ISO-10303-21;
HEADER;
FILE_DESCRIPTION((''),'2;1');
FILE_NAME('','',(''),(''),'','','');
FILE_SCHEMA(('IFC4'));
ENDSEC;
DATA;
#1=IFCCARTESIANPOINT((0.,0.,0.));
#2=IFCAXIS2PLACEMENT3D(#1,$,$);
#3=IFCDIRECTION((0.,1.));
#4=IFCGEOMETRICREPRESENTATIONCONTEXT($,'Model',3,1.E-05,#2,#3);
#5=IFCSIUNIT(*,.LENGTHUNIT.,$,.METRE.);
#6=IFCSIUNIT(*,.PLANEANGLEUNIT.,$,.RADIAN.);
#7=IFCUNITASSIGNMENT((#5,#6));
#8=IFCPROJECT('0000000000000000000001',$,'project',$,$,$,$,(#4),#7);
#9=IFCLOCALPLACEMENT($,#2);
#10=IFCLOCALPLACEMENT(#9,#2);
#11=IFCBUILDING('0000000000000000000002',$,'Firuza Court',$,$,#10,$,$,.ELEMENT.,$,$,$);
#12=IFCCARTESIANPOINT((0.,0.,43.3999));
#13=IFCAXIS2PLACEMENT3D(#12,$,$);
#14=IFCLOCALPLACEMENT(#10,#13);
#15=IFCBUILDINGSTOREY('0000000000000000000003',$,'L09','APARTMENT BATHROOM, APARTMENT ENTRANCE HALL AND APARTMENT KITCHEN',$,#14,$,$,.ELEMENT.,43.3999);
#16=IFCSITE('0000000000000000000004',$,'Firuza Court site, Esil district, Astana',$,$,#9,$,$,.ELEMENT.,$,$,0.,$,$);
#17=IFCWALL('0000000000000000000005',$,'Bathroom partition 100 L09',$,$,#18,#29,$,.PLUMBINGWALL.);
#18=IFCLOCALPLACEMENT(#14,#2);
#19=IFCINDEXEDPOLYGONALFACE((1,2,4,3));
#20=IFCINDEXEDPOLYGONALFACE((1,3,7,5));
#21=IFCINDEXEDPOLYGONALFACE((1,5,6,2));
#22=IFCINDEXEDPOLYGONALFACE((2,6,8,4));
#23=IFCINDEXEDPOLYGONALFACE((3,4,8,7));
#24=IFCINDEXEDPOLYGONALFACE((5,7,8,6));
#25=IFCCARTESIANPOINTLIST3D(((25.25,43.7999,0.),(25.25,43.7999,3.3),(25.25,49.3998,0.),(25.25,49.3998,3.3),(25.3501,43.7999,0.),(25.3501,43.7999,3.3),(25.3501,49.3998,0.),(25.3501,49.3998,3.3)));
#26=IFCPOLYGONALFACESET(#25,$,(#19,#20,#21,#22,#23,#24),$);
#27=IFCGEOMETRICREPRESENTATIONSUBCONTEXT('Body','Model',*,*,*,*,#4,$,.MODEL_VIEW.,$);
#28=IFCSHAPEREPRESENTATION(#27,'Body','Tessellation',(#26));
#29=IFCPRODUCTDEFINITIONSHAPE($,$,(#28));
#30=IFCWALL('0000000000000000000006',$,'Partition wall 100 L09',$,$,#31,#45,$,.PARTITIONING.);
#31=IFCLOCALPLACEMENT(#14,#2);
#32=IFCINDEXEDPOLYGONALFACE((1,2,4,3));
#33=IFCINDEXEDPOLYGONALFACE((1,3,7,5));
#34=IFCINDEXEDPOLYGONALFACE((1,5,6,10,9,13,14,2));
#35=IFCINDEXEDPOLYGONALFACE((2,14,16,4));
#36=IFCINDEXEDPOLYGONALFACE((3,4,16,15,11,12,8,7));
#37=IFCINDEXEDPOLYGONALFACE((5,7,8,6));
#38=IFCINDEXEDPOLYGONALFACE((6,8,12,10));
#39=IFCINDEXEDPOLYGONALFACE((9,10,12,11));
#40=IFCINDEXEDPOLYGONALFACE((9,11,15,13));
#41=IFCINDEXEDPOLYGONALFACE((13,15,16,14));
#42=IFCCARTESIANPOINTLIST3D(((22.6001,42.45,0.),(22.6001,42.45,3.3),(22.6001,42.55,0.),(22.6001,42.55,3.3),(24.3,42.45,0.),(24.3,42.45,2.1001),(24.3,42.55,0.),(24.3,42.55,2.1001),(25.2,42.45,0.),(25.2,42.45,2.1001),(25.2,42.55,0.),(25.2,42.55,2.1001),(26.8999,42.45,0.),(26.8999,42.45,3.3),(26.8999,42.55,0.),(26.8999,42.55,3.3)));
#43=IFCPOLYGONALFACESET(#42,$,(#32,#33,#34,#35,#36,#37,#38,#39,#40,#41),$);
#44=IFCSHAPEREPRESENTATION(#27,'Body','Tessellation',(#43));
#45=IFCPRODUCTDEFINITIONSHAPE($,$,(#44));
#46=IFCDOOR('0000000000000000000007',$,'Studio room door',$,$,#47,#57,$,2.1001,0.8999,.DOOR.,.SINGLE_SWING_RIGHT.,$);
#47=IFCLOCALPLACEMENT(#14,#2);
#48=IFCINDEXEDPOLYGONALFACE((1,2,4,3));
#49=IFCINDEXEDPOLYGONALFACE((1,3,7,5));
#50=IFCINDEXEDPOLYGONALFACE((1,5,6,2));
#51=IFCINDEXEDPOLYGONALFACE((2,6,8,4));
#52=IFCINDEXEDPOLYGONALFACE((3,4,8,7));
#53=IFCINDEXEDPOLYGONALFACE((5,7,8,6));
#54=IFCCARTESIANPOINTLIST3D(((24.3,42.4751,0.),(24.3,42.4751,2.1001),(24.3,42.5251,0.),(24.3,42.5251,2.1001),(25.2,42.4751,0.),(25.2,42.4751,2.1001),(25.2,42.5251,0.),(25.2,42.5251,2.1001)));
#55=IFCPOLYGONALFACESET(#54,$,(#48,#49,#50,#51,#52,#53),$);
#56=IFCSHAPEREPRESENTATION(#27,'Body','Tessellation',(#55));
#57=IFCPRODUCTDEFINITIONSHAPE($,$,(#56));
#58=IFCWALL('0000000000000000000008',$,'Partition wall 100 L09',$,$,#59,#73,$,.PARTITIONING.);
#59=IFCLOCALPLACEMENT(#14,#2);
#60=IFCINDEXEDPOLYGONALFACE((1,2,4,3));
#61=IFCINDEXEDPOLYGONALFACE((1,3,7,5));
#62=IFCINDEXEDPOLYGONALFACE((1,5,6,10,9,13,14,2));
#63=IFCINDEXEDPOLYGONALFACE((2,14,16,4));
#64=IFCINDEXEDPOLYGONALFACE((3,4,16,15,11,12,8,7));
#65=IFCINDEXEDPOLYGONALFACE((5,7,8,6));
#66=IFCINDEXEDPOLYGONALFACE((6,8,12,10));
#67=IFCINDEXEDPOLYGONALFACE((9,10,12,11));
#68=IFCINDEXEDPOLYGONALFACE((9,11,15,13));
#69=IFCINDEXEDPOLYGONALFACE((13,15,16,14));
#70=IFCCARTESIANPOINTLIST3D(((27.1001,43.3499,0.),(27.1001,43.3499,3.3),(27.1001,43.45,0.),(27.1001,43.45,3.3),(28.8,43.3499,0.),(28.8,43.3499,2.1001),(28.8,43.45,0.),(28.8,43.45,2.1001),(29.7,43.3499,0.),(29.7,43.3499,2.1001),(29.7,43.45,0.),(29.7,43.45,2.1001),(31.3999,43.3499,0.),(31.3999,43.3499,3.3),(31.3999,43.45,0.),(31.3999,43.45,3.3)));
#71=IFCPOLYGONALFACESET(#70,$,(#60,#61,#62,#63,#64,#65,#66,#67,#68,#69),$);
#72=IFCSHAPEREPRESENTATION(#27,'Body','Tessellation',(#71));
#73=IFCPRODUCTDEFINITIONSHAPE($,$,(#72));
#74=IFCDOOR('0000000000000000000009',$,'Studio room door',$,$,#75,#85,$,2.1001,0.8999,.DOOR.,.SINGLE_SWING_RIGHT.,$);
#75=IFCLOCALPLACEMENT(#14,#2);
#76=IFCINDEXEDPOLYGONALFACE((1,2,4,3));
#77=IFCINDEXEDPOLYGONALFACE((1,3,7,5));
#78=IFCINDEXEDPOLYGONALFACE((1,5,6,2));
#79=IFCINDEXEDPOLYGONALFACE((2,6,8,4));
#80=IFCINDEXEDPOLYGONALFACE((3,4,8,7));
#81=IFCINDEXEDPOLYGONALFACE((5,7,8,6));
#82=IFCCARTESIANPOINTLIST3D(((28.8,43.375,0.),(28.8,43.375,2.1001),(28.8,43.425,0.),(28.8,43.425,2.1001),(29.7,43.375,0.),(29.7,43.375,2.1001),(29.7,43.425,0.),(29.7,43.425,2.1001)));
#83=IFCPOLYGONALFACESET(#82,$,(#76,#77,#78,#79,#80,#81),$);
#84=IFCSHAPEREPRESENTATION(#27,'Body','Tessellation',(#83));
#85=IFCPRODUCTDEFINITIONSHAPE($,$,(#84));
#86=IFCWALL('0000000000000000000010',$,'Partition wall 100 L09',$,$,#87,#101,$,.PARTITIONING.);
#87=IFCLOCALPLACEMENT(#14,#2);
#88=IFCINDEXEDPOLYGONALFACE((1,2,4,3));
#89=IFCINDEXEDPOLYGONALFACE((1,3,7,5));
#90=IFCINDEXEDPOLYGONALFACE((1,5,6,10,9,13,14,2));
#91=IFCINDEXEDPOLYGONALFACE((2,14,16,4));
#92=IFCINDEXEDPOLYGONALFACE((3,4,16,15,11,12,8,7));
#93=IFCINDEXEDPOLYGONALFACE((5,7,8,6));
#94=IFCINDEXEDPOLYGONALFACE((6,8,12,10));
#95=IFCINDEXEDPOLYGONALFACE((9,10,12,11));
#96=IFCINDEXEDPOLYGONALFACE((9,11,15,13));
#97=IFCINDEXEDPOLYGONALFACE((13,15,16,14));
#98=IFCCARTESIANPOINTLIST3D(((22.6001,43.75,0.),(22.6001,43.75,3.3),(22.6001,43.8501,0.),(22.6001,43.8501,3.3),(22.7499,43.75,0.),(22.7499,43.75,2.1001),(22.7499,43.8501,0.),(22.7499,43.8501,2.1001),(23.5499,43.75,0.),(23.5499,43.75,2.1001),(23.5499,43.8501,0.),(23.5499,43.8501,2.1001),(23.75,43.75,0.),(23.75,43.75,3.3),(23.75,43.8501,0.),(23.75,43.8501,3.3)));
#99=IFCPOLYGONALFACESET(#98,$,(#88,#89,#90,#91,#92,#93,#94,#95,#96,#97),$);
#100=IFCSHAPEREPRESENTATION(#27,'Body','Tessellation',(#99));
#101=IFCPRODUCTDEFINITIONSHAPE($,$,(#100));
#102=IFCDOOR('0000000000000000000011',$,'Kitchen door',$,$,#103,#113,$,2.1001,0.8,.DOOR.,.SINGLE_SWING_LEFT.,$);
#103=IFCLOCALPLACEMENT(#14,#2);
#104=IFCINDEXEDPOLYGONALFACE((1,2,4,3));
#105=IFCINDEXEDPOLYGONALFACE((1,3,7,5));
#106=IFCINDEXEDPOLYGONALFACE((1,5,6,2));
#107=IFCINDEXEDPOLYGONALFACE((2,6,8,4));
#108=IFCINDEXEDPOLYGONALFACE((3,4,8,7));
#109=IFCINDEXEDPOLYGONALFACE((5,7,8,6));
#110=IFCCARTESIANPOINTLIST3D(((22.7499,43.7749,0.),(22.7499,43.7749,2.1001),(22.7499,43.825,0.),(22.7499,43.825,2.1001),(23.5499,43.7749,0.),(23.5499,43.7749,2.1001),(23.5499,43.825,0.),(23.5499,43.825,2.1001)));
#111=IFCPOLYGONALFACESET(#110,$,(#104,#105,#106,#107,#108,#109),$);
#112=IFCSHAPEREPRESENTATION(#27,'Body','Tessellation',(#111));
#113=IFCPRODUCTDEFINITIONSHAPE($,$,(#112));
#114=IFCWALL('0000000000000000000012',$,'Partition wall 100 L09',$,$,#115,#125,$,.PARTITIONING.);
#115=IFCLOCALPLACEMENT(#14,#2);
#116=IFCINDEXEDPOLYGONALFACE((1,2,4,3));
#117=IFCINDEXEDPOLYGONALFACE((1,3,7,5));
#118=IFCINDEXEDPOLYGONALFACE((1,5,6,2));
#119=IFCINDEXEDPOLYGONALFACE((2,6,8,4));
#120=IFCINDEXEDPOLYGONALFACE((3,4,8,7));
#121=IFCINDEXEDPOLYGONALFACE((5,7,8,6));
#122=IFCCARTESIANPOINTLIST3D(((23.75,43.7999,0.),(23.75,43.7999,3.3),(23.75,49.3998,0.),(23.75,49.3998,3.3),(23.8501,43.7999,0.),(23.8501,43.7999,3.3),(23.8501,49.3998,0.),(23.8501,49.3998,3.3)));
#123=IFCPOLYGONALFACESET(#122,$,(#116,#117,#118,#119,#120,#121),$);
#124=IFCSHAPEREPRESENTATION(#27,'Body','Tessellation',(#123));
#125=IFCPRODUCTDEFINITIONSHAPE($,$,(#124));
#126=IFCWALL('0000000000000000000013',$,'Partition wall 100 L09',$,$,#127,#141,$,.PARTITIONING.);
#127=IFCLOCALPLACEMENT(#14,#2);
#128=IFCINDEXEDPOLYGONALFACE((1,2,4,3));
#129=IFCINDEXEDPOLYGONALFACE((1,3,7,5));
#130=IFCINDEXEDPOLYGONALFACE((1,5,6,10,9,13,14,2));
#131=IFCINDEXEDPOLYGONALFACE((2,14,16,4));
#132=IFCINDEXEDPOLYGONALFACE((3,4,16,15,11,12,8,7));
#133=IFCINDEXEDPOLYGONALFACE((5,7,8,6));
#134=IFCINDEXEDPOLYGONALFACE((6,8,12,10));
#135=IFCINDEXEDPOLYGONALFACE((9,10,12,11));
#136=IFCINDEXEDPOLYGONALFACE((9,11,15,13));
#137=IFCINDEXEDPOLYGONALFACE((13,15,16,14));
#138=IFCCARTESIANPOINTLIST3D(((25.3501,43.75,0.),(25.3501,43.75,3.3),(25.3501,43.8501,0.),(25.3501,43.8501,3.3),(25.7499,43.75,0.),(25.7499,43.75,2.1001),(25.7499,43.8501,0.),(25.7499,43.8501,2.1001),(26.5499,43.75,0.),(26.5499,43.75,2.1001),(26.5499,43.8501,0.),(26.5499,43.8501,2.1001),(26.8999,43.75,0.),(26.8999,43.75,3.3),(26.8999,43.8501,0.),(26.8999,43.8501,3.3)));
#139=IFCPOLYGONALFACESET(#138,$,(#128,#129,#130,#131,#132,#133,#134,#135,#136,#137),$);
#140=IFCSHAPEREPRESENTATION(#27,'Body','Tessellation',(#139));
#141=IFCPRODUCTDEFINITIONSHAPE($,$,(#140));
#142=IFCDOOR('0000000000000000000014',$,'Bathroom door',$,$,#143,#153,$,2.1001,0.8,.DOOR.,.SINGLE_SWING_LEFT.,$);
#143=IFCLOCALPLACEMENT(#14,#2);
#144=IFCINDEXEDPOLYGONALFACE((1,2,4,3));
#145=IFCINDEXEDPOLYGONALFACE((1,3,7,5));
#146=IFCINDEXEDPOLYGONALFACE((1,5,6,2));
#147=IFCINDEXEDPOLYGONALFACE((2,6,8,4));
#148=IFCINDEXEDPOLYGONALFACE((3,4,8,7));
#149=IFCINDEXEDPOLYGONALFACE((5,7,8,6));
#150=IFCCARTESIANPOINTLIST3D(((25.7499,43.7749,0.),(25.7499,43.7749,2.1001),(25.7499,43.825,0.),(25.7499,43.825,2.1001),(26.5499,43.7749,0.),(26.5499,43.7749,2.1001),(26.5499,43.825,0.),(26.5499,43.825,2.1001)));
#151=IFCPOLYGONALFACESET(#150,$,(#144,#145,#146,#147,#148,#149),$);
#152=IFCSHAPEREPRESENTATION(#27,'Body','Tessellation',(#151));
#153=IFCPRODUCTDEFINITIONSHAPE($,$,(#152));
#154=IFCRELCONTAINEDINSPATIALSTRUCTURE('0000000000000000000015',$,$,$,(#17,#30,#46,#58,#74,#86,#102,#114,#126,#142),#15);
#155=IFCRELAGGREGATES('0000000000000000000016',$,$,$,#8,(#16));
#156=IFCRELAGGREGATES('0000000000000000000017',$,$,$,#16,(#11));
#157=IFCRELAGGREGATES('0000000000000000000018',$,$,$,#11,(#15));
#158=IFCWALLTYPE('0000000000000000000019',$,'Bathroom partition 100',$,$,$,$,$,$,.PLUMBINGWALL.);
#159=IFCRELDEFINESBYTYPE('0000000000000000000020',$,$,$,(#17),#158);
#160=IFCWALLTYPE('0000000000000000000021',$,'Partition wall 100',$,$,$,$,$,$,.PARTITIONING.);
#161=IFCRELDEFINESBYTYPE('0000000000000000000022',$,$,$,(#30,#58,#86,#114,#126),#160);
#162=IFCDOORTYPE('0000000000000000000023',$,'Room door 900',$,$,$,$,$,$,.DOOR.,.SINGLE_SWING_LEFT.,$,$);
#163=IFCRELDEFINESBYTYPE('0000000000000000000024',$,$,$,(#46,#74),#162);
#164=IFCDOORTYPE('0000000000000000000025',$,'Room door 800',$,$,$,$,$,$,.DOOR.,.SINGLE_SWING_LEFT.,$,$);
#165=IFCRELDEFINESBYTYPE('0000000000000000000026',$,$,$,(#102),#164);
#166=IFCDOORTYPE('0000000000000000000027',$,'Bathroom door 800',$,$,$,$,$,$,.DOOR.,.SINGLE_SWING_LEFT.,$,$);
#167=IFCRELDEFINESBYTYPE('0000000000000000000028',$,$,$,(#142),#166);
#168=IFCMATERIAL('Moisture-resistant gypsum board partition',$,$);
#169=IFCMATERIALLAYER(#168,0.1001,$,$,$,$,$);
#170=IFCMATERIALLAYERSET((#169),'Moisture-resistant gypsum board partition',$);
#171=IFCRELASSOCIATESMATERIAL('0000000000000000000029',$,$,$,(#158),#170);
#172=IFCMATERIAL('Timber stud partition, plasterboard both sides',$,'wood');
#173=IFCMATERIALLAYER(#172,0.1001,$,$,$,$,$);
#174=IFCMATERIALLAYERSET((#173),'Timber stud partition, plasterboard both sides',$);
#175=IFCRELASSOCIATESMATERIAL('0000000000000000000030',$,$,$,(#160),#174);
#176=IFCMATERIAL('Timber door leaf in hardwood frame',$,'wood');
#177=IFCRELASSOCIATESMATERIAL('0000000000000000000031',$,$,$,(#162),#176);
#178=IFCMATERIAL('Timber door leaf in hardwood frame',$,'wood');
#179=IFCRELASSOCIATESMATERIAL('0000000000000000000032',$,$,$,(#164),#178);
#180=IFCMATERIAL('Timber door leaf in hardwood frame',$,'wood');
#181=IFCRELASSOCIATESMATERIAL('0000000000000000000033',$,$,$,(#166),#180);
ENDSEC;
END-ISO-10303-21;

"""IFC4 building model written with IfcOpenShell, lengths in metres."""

from ifc_helpers import new_model, si_unit, direction, frame, frame_2d, origin, place, context, subcontext, project, spatial, rectangle, extrude, material, layer, layer_set, type_object, element, fill, save


model = new_model("IFC4")

# Units and contexts
model_context = context("Model", 3, precision=1e-05, world=origin(), true_north=direction((0.0, 1.0)))
body_context = subcontext(model_context, "Body", "Model", "MODEL_VIEW")
ifc_project = project(units=[si_unit("LENGTHUNIT", "METRE"), si_unit("PLANEANGLEUNIT", "RADIAN")], contexts=[model_context])

# Site, building, storey
site_placement = place(None, origin())
site = spatial("IfcSite", under=ifc_project, at=site_placement, Name="Firuza Court site, Esil district, Astana", CompositionType="ELEMENT", RefElevation=0.0)
building_placement = place(site_placement, origin())
building = spatial("IfcBuilding", under=site, at=building_placement, Name="Firuza Court", CompositionType="ELEMENT")
storey_placement = place(building_placement, frame((0.0, 0.0, 43.3999)))
storey = spatial("IfcBuildingStorey", under=building, at=storey_placement, Name="L09", Description="APARTMENT BATHROOM, APARTMENT ENTRANCE HALL AND APARTMENT KITCHEN", CompositionType="ELEMENT", Elevation=43.3999)

# Wall
ifc_material_1 = material(Name="Moisture-resistant gypsum board partition")
ifc_layer_1 = layer(ifc_material_1, 0.1001)
ifc_layer_set_1 = layer_set([ifc_layer_1], Name="Moisture-resistant gypsum board partition")
wall_type_1 = type_object("IfcWallType", Name="Bathroom partition 100", PredefinedType="PLUMBINGWALL", material=ifc_layer_set_1)
wall_1_placement = place(storey_placement, frame((25.3, 43.8, 0.0), z_axis=(0.0, 0.0, 1.0), x_axis=(0.0, 1.0, 0.0)))
element("IfcWall", 1, at=wall_1_placement, inside=storey, type_object=wall_type_1, Name="Bathroom partition 100 L09", PredefinedType="PLUMBINGWALL", context=body_context, shape_type="SweptSolid", body=[
    extrude(rectangle(XDim=5.5999, YDim=0.1001, at=frame_2d((2.7998, 0.0))), origin(), (0.0, 0.0, 1.0), 3.3),
])

# Walls, openings, doors
ifc_material_2 = material(Name="Timber stud partition, plasterboard both sides", Category="wood")
ifc_layer_2 = layer(ifc_material_2, 0.1001)
ifc_layer_set_2 = layer_set([ifc_layer_2], Name="Timber stud partition, plasterboard both sides")
wall_type_2 = type_object("IfcWallType", Name="Partition wall 100", PredefinedType="PARTITIONING", material=ifc_layer_set_2)
wall_2_placement = place(storey_placement, frame((22.6001, 42.5, 0.0), z_axis=(0.0, 0.0, 1.0), x_axis=(1.0, 0.0, 0.0)))
wall_2 = element("IfcWall", 2, at=wall_2_placement, inside=storey, type_object=wall_type_2, Name="Partition wall 100 L09", PredefinedType="PARTITIONING", context=body_context, shape_type="SweptSolid", body=[
    extrude(rectangle(XDim=4.2998, YDim=0.1001, at=frame_2d((2.1499, 0.0))), origin(), (0.0, 0.0, 1.0), 3.3),
])
opening_1_placement = place(wall_2_placement, frame((1.7, 0.0, 0.0)))
opening_1 = element("IfcOpeningElement", 3, at=opening_1_placement, cuts=wall_2, PredefinedType="OPENING", context=body_context, shape_type="SweptSolid", body=[
    extrude(rectangle(XDim=0.8999, YDim=2.1001, at=frame_2d((0.45, 1.05))), frame((0.0, 0.062, 0.0), z_axis=(0.0, -1.0, 0.0), x_axis=(1.0, 0.0, 0.0)), (0.0, 0.0, 1.0), 0.124),
])
ifc_material_3 = material(Name="Timber door leaf in hardwood frame", Category="wood")
door_type_1 = type_object("IfcDoorType", Name="Room door 900", OperationType="SINGLE_SWING_LEFT", PredefinedType="DOOR", material=ifc_material_3)
door_1_placement = place(opening_1_placement, frame((0.8999, 0.0, 0.0), z_axis=(0.0, 0.0, 1.0), x_axis=(-1.0, 0.0, 0.0)))
door_1 = element("IfcDoor", 4, at=door_1_placement, inside=storey, type_object=door_type_1, Name="Studio room door", OperationType="SINGLE_SWING_RIGHT", OverallHeight=2.1001, OverallWidth=0.8999, PredefinedType="DOOR", context=body_context, shape_type="SweptSolid", body=[
    extrude(rectangle(XDim=0.8999, YDim=2.1001, at=frame_2d((0.45, 1.05))), frame((0.0, 0.0249, 0.0), z_axis=(0.0, -1.0, 0.0), x_axis=(1.0, 0.0, 0.0)), (0.0, 0.0, 1.0), 0.05),
])
fill(opening_1, door_1)
wall_3_placement = place(storey_placement, frame((27.1001, 43.3999, 0.0), z_axis=(0.0, 0.0, 1.0), x_axis=(1.0, 0.0, 0.0)))
wall_3 = element("IfcWall", 5, at=wall_3_placement, inside=storey, type_object=wall_type_2, Name="Partition wall 100 L09", PredefinedType="PARTITIONING", context=body_context, shape_type="SweptSolid", body=[
    extrude(rectangle(XDim=4.2998, YDim=0.1001, at=frame_2d((2.1499, 0.0))), origin(), (0.0, 0.0, 1.0), 3.3),
])
opening_2_placement = place(wall_3_placement, frame((1.7, 0.0, 0.0)))
opening_2 = element("IfcOpeningElement", 6, at=opening_2_placement, cuts=wall_3, PredefinedType="OPENING", context=body_context, shape_type="SweptSolid", body=[
    extrude(rectangle(XDim=0.8999, YDim=2.1001, at=frame_2d((0.45, 1.05))), frame((0.0, 0.062, 0.0), z_axis=(0.0, -1.0, 0.0), x_axis=(1.0, 0.0, 0.0)), (0.0, 0.0, 1.0), 0.124),
])
door_2_placement = place(opening_2_placement, frame((0.8999, 0.0, 0.0), z_axis=(0.0, 0.0, 1.0), x_axis=(-1.0, 0.0, 0.0)))
door_2 = element("IfcDoor", 7, at=door_2_placement, inside=storey, type_object=door_type_1, Name="Studio room door", OperationType="SINGLE_SWING_RIGHT", OverallHeight=2.1001, OverallWidth=0.8999, PredefinedType="DOOR", context=body_context, shape_type="SweptSolid", body=[
    extrude(rectangle(XDim=0.8999, YDim=2.1001, at=frame_2d((0.45, 1.05))), frame((0.0, 0.0249, 0.0), z_axis=(0.0, -1.0, 0.0), x_axis=(1.0, 0.0, 0.0)), (0.0, 0.0, 1.0), 0.05),
])
fill(opening_2, door_2)
wall_4_placement = place(storey_placement, frame((22.6001, 43.8, 0.0), z_axis=(0.0, 0.0, 1.0), x_axis=(1.0, 0.0, 0.0)))
wall_4 = element("IfcWall", 8, at=wall_4_placement, inside=storey, type_object=wall_type_2, Name="Partition wall 100 L09", PredefinedType="PARTITIONING", context=body_context, shape_type="SweptSolid", body=[
    extrude(rectangle(XDim=1.1499, YDim=0.1001, at=frame_2d((0.575, 0.0))), origin(), (0.0, 0.0, 1.0), 3.3),
])
opening_3_placement = place(wall_4_placement, frame((0.1499, 0.0, 0.0)))
opening_3 = element("IfcOpeningElement", 9, at=opening_3_placement, cuts=wall_4, PredefinedType="OPENING", context=body_context, shape_type="SweptSolid", body=[
    extrude(rectangle(XDim=0.8, YDim=2.1001, at=frame_2d((0.3999, 1.05))), frame((0.0, 0.062, 0.0), z_axis=(0.0, -1.0, 0.0), x_axis=(1.0, 0.0, 0.0)), (0.0, 0.0, 1.0), 0.124),
])
ifc_material_4 = material(Name="Timber door leaf in hardwood frame", Category="wood")
door_type_2 = type_object("IfcDoorType", Name="Room door 800", OperationType="SINGLE_SWING_LEFT", PredefinedType="DOOR", material=ifc_material_4)
door_3_placement = place(opening_3_placement, origin())
door_3 = element("IfcDoor", 10, at=door_3_placement, inside=storey, type_object=door_type_2, Name="Kitchen door", OperationType="SINGLE_SWING_LEFT", OverallHeight=2.1001, OverallWidth=0.8, PredefinedType="DOOR", context=body_context, shape_type="SweptSolid", body=[
    extrude(rectangle(XDim=0.8, YDim=2.1001, at=frame_2d((0.3999, 1.05))), frame((0.0, 0.0249, 0.0), z_axis=(0.0, -1.0, 0.0), x_axis=(1.0, 0.0, 0.0)), (0.0, 0.0, 1.0), 0.05),
])
fill(opening_3, door_3)

# Wall
wall_5_placement = place(storey_placement, frame((23.8, 43.8, 0.0), z_axis=(0.0, 0.0, 1.0), x_axis=(0.0, 1.0, 0.0)))
element("IfcWall", 11, at=wall_5_placement, inside=storey, type_object=wall_type_2, Name="Partition wall 100 L09", PredefinedType="PARTITIONING", context=body_context, shape_type="SweptSolid", body=[
    extrude(rectangle(XDim=5.5999, YDim=0.1001, at=frame_2d((2.7998, 0.0))), origin(), (0.0, 0.0, 1.0), 3.3),
])

# Wall, opening, door
wall_6_placement = place(storey_placement, frame((25.3501, 43.8, 0.0), z_axis=(0.0, 0.0, 1.0), x_axis=(1.0, 0.0, 0.0)))
wall_6 = element("IfcWall", 12, at=wall_6_placement, inside=storey, type_object=wall_type_2, Name="Partition wall 100 L09", PredefinedType="PARTITIONING", context=body_context, shape_type="SweptSolid", body=[
    extrude(rectangle(XDim=1.5498, YDim=0.1001, at=frame_2d((0.7749, 0.0))), origin(), (0.0, 0.0, 1.0), 3.3),
])
opening_4_placement = place(wall_6_placement, frame((0.3999, 0.0, 0.0)))
opening_4 = element("IfcOpeningElement", 13, at=opening_4_placement, cuts=wall_6, PredefinedType="OPENING", context=body_context, shape_type="SweptSolid", body=[
    extrude(rectangle(XDim=0.8, YDim=2.1001, at=frame_2d((0.3999, 1.05))), frame((0.0, 0.062, 0.0), z_axis=(0.0, -1.0, 0.0), x_axis=(1.0, 0.0, 0.0)), (0.0, 0.0, 1.0), 0.124),
])
ifc_material_5 = material(Name="Timber door leaf in hardwood frame", Category="wood")
door_type_3 = type_object("IfcDoorType", Name="Bathroom door 800", OperationType="SINGLE_SWING_LEFT", PredefinedType="DOOR", material=ifc_material_5)
door_4_placement = place(opening_4_placement, origin())
door_4 = element("IfcDoor", 14, at=door_4_placement, inside=storey, type_object=door_type_3, Name="Bathroom door", OperationType="SINGLE_SWING_LEFT", OverallHeight=2.1001, OverallWidth=0.8, PredefinedType="DOOR", context=body_context, shape_type="SweptSolid", body=[
    extrude(rectangle(XDim=0.8, YDim=2.1001, at=frame_2d((0.3999, 1.05))), frame((0.0, 0.0249, 0.0), z_axis=(0.0, -1.0, 0.0), x_axis=(1.0, 0.0, 0.0)), (0.0, 0.0, 1.0), 0.05),
])
fill(opening_4, door_4)

save(model, "model.ifc")
